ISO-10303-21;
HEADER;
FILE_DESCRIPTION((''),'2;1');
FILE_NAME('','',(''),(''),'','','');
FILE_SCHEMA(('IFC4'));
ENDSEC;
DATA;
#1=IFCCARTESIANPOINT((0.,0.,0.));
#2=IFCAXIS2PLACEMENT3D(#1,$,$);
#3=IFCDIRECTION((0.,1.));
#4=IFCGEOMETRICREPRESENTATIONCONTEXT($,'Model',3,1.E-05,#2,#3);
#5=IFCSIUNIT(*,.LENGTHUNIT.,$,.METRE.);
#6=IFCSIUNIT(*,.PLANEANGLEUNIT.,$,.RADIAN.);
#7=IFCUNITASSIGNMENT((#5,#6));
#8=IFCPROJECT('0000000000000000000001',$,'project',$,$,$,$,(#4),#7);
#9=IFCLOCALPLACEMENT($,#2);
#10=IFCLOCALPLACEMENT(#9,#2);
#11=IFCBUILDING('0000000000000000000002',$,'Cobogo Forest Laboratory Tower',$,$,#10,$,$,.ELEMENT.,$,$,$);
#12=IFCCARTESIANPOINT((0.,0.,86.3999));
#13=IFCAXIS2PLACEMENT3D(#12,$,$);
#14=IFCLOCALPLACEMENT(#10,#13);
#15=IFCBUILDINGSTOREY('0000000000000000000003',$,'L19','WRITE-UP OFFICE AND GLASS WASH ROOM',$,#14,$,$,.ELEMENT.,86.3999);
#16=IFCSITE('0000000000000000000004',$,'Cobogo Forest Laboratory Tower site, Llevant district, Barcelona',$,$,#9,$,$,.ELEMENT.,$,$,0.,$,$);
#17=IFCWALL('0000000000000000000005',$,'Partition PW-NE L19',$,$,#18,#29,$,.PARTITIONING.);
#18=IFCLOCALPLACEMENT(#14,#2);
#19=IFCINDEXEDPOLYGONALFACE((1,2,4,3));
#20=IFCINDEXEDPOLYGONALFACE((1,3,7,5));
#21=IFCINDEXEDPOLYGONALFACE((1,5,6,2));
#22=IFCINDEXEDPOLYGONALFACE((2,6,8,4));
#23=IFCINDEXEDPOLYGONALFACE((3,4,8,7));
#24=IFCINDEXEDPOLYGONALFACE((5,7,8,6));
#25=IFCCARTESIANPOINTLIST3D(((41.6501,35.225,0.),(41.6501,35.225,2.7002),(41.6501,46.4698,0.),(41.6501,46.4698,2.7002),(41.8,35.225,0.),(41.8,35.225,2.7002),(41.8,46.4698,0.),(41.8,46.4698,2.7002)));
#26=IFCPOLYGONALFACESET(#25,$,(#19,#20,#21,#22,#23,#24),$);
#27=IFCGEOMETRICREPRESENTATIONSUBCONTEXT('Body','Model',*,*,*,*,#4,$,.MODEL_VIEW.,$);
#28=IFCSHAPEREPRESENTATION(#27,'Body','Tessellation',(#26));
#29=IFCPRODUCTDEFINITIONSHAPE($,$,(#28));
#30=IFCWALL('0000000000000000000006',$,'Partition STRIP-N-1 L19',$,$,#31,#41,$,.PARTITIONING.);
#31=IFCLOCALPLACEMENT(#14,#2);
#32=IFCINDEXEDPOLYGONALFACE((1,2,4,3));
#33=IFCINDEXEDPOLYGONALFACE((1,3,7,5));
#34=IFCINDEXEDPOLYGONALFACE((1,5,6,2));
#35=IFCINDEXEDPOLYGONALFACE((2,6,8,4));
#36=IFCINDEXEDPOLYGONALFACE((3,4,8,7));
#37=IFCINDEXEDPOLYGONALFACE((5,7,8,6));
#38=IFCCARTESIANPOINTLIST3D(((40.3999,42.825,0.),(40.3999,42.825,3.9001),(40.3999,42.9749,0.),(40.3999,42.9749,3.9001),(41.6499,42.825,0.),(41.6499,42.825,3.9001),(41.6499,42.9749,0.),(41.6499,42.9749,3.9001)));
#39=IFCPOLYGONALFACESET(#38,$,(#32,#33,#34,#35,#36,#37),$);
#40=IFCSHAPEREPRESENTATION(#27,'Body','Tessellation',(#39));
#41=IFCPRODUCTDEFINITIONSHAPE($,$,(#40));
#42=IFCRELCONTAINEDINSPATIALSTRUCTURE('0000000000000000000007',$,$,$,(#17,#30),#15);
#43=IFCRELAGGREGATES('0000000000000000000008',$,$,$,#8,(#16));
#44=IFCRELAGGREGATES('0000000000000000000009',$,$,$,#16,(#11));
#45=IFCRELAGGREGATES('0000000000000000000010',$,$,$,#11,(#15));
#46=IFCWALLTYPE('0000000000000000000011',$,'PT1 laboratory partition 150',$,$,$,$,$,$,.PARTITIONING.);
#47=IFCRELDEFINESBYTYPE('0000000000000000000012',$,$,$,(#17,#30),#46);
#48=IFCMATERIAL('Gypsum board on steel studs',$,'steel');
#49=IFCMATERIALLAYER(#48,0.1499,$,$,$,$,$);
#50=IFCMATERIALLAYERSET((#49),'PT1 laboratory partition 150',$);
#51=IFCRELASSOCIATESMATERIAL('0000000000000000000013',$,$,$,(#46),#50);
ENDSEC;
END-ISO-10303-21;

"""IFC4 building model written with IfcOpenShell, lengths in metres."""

from ifc_helpers import new_model, si_unit, direction, frame, frame_2d, origin, place, context, subcontext, project, spatial, rectangle, extrude, material, layer, layer_set, type_object, element, save


model = new_model("IFC4")

# Units and contexts
model_context = context("Model", 3, precision=1e-05, world=origin(), true_north=direction((0.0, 1.0)))
body_context = subcontext(model_context, "Body", "Model", "MODEL_VIEW")
ifc_project = project(units=[si_unit("LENGTHUNIT", "METRE"), si_unit("PLANEANGLEUNIT", "RADIAN")], contexts=[model_context])

# Site, building, storey
site_placement = place(None, origin())
site = spatial("IfcSite", under=ifc_project, at=site_placement, Name="Cobogo Forest Laboratory Tower site, Llevant district, Barcelona", CompositionType="ELEMENT", RefElevation=0.0)
building_placement = place(site_placement, origin())
building = spatial("IfcBuilding", under=site, at=building_placement, Name="Cobogo Forest Laboratory Tower", CompositionType="ELEMENT")
storey_placement = place(building_placement, frame((0.0, 0.0, 86.3999)))
storey = spatial("IfcBuildingStorey", under=building, at=storey_placement, Name="L19", Description="WRITE-UP OFFICE AND GLASS WASH ROOM", CompositionType="ELEMENT", Elevation=86.3999)

# Walls
ifc_material_1 = material(Name="Gypsum board on steel studs", Category="steel")
ifc_layer_1 = layer(ifc_material_1, 0.1499)
ifc_layer_set_1 = layer_set([ifc_layer_1], Name="PT1 laboratory partition 150")
wall_type = type_object("IfcWallType", Name="PT1 laboratory partition 150", PredefinedType="PARTITIONING", material=ifc_layer_set_1)
wall_1_placement = place(storey_placement, frame((41.7251, 46.47, 0.0), z_axis=(0.0, 0.0, 1.0), x_axis=(0.0, -1.0, 0.0)))
element("IfcWall", 1, at=wall_1_placement, inside=storey, type_object=wall_type, Name="Partition PW-NE L19", PredefinedType="PARTITIONING", context=body_context, shape_type="SweptSolid", body=[
    extrude(rectangle(XDim=11.2449, YDim=0.1499, at=frame_2d((5.6226, 0.0))), origin(), (0.0, 0.0, 1.0), 2.7002),
])
wall_2_placement = place(storey_placement, frame((41.6499, 42.8999, 0.0), z_axis=(0.0, 0.0, 1.0), x_axis=(-1.0, 0.0, 0.0)))
element("IfcWall", 2, at=wall_2_placement, inside=storey, type_object=wall_type, Name="Partition STRIP-N-1 L19", PredefinedType="PARTITIONING", context=body_context, shape_type="SweptSolid", body=[
    extrude(rectangle(XDim=1.25, YDim=0.1499, at=frame_2d((0.625, 0.0))), origin(), (0.0, 0.0, 1.0), 3.9001),
])

save(model, "model.ifc")
